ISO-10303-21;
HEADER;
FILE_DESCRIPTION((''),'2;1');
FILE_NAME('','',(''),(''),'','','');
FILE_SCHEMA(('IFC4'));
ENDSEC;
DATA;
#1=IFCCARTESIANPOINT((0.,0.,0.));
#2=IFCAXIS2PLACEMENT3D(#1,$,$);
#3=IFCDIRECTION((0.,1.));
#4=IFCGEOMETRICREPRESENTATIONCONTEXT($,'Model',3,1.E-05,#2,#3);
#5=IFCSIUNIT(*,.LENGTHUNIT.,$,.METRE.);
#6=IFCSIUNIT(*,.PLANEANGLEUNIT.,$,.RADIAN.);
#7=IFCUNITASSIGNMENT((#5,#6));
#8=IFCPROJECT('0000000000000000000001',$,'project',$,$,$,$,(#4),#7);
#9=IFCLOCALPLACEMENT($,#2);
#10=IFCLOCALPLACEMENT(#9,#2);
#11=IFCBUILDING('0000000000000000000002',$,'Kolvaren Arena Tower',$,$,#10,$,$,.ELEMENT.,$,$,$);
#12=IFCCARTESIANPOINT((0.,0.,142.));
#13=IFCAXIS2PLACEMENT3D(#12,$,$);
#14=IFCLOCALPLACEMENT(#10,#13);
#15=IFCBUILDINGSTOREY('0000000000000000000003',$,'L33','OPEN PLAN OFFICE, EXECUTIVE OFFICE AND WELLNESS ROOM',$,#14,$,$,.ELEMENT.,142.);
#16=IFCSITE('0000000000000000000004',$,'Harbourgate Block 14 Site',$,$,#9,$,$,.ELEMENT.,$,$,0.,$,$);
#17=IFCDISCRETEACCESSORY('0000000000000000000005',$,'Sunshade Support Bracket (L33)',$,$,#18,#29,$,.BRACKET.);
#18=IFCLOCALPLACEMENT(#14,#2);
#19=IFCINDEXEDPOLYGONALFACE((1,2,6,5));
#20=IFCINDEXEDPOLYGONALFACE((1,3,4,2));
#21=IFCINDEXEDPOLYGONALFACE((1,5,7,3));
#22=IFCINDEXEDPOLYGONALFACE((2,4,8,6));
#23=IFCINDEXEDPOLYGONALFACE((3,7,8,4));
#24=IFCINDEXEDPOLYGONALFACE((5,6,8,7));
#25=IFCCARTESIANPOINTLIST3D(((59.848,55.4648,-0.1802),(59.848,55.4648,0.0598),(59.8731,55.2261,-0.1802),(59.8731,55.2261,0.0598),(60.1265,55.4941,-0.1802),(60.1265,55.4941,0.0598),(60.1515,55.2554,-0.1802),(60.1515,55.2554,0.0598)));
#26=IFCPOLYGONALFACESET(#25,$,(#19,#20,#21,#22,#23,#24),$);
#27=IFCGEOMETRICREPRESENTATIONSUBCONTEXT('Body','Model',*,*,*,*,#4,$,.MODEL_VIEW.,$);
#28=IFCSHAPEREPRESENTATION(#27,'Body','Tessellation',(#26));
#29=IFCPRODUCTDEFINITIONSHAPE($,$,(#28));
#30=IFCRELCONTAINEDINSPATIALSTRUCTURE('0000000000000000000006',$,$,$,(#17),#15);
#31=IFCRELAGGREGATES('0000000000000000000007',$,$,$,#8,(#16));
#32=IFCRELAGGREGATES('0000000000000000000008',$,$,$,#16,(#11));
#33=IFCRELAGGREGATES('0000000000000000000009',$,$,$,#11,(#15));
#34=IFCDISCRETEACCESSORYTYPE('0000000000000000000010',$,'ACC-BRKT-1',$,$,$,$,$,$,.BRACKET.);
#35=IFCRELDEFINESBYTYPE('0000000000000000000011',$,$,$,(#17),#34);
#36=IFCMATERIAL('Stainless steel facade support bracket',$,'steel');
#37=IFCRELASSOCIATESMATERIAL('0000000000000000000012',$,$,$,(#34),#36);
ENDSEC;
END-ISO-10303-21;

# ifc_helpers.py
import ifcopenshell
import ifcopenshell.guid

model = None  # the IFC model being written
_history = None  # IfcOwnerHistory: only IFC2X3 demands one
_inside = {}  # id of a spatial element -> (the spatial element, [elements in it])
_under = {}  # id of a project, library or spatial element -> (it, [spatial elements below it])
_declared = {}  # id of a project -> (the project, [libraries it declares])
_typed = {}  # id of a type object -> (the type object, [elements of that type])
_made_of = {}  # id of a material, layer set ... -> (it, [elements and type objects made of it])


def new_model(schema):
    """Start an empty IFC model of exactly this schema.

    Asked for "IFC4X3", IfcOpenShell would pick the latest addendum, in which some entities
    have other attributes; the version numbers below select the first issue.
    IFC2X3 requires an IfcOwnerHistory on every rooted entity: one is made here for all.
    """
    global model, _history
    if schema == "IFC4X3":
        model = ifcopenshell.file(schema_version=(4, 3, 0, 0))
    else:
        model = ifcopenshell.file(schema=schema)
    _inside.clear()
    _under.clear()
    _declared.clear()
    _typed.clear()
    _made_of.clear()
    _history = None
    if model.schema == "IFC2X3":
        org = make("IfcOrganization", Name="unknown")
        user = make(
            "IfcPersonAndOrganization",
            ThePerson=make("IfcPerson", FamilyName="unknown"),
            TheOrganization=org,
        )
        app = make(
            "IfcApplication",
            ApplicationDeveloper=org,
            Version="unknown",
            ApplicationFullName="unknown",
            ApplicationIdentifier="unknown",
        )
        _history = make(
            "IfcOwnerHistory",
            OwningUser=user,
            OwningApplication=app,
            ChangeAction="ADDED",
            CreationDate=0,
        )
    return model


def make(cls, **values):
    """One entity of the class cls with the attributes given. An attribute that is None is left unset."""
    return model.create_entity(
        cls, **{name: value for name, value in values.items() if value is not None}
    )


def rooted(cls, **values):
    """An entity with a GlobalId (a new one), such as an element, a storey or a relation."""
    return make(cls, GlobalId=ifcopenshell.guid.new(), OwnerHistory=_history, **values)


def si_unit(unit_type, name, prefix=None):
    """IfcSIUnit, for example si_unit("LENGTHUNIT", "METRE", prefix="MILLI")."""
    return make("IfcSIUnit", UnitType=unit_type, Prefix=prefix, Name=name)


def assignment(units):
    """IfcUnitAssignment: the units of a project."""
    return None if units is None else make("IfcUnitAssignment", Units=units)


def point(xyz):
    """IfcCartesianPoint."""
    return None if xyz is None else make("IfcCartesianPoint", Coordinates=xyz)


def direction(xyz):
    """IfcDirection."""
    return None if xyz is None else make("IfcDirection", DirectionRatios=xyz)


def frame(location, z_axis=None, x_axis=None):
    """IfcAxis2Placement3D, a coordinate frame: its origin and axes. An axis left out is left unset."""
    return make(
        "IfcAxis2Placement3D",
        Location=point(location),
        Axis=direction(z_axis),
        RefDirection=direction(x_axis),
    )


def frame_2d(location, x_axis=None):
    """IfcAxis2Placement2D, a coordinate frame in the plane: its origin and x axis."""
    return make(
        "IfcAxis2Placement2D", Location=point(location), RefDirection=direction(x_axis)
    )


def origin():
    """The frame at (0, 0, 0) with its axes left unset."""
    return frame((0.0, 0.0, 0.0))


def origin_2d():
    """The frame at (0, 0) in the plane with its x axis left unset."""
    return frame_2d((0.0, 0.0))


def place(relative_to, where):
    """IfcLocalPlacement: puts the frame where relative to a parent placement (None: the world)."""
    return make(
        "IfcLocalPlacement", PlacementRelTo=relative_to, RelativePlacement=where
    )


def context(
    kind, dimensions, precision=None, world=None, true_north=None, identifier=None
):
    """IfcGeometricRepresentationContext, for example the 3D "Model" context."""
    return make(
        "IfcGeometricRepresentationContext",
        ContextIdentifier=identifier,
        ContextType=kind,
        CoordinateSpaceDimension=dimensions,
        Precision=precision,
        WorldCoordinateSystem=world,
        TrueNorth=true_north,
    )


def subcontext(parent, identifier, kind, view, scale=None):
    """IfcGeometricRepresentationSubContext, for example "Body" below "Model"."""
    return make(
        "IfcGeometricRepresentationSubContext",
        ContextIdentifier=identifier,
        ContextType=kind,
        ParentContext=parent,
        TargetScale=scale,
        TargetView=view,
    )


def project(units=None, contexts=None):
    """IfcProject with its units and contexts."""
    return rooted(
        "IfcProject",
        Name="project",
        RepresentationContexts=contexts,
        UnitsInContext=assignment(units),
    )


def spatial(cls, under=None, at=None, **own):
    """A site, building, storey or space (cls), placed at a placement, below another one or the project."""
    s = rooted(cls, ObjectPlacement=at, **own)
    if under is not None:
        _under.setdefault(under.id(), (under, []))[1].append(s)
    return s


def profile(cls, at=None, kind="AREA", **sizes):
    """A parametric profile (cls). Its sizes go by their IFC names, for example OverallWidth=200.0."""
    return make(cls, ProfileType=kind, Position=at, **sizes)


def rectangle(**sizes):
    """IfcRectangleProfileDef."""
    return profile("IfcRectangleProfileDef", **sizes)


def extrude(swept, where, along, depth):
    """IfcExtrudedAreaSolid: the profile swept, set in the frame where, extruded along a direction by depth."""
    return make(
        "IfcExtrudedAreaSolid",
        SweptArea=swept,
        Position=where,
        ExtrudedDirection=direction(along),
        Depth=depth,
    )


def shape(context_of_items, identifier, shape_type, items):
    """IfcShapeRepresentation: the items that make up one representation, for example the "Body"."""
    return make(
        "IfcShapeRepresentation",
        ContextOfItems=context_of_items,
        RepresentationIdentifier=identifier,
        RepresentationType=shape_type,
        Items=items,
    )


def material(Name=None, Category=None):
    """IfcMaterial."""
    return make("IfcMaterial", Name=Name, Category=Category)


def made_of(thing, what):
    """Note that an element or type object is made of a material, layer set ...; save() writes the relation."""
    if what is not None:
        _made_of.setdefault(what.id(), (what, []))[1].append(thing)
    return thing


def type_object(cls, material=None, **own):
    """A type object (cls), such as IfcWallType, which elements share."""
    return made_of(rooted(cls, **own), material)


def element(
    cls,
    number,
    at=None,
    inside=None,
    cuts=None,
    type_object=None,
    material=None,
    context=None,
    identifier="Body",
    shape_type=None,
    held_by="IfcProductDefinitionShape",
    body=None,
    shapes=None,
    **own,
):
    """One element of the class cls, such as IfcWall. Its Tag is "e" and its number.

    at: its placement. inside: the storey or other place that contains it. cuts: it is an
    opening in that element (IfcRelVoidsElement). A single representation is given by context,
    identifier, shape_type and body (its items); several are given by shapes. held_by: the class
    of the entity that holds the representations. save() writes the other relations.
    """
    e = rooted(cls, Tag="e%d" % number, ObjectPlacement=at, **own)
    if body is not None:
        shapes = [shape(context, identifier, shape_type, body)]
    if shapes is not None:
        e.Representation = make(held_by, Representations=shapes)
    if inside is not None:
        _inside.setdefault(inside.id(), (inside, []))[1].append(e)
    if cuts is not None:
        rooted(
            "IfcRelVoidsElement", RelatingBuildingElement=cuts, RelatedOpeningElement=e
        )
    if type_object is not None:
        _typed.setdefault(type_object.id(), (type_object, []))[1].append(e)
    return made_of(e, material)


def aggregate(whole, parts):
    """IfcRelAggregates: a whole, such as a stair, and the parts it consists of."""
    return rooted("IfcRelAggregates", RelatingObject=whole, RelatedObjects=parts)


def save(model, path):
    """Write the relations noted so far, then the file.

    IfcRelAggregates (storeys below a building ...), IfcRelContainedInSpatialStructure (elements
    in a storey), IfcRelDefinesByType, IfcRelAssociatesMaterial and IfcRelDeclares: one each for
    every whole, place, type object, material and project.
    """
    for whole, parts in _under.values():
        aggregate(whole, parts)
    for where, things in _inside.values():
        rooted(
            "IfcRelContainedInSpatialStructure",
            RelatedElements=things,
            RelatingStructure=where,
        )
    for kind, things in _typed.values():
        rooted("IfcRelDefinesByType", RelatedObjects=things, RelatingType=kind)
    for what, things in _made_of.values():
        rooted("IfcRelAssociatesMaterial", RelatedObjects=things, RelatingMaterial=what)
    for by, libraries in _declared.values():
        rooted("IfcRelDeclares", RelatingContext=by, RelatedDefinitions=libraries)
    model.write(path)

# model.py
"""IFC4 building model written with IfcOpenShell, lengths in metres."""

from ifc_helpers import new_model, si_unit, direction, frame, origin, origin_2d, place, context, subcontext, project, spatial, rectangle, extrude, material, type_object, element, save


model = new_model("IFC4")

# Units and contexts
model_context = context("Model", 3, precision=1e-05, world=origin(), true_north=direction((0.0, 1.0)))
body_context = subcontext(model_context, "Body", "Model", "MODEL_VIEW")
ifc_project = project(units=[si_unit("LENGTHUNIT", "METRE"), si_unit("PLANEANGLEUNIT", "RADIAN")], contexts=[model_context])

# Site, building, storey
site_placement = place(None, origin())
site = spatial("IfcSite", under=ifc_project, at=site_placement, Name="Harbourgate Block 14 Site", CompositionType="ELEMENT", RefElevation=0.0)
building_placement = place(site_placement, origin())
building = spatial("IfcBuilding", under=site, at=building_placement, Name="Kolvaren Arena Tower", CompositionType="ELEMENT")
storey_placement = place(building_placement, frame((0.0, 0.0, 142.0)))
storey = spatial("IfcBuildingStorey", under=building, at=storey_placement, Name="L33", Description="OPEN PLAN OFFICE, EXECUTIVE OFFICE AND WELLNESS ROOM", CompositionType="ELEMENT", Elevation=142.0)

# Discrete accessory
ifc_material_1 = material(Name="Stainless steel facade support bracket", Category="steel")
discrete_accessory_type = type_object("IfcDiscreteAccessoryType", Name="ACC-BRKT-1", PredefinedType="BRACKET", material=ifc_material_1)
discrete_accessory_placement = place(storey_placement, frame((59.9998, 55.3601, -0.1802), z_axis=(0.0, 0.0, 1.0), x_axis=(0.994522, 0.104527, 0.0)))
element("IfcDiscreteAccessory", 1, at=discrete_accessory_placement, inside=storey, type_object=discrete_accessory_type, Name="Sunshade Support Bracket (L33)", PredefinedType="BRACKET", context=body_context, shape_type="SweptSolid", body=[
    extrude(rectangle(XDim=0.28, YDim=0.24, at=origin_2d()), origin(), (0.0, 0.0, 1.0), 0.24),
])

save(model, "model.ifc")
